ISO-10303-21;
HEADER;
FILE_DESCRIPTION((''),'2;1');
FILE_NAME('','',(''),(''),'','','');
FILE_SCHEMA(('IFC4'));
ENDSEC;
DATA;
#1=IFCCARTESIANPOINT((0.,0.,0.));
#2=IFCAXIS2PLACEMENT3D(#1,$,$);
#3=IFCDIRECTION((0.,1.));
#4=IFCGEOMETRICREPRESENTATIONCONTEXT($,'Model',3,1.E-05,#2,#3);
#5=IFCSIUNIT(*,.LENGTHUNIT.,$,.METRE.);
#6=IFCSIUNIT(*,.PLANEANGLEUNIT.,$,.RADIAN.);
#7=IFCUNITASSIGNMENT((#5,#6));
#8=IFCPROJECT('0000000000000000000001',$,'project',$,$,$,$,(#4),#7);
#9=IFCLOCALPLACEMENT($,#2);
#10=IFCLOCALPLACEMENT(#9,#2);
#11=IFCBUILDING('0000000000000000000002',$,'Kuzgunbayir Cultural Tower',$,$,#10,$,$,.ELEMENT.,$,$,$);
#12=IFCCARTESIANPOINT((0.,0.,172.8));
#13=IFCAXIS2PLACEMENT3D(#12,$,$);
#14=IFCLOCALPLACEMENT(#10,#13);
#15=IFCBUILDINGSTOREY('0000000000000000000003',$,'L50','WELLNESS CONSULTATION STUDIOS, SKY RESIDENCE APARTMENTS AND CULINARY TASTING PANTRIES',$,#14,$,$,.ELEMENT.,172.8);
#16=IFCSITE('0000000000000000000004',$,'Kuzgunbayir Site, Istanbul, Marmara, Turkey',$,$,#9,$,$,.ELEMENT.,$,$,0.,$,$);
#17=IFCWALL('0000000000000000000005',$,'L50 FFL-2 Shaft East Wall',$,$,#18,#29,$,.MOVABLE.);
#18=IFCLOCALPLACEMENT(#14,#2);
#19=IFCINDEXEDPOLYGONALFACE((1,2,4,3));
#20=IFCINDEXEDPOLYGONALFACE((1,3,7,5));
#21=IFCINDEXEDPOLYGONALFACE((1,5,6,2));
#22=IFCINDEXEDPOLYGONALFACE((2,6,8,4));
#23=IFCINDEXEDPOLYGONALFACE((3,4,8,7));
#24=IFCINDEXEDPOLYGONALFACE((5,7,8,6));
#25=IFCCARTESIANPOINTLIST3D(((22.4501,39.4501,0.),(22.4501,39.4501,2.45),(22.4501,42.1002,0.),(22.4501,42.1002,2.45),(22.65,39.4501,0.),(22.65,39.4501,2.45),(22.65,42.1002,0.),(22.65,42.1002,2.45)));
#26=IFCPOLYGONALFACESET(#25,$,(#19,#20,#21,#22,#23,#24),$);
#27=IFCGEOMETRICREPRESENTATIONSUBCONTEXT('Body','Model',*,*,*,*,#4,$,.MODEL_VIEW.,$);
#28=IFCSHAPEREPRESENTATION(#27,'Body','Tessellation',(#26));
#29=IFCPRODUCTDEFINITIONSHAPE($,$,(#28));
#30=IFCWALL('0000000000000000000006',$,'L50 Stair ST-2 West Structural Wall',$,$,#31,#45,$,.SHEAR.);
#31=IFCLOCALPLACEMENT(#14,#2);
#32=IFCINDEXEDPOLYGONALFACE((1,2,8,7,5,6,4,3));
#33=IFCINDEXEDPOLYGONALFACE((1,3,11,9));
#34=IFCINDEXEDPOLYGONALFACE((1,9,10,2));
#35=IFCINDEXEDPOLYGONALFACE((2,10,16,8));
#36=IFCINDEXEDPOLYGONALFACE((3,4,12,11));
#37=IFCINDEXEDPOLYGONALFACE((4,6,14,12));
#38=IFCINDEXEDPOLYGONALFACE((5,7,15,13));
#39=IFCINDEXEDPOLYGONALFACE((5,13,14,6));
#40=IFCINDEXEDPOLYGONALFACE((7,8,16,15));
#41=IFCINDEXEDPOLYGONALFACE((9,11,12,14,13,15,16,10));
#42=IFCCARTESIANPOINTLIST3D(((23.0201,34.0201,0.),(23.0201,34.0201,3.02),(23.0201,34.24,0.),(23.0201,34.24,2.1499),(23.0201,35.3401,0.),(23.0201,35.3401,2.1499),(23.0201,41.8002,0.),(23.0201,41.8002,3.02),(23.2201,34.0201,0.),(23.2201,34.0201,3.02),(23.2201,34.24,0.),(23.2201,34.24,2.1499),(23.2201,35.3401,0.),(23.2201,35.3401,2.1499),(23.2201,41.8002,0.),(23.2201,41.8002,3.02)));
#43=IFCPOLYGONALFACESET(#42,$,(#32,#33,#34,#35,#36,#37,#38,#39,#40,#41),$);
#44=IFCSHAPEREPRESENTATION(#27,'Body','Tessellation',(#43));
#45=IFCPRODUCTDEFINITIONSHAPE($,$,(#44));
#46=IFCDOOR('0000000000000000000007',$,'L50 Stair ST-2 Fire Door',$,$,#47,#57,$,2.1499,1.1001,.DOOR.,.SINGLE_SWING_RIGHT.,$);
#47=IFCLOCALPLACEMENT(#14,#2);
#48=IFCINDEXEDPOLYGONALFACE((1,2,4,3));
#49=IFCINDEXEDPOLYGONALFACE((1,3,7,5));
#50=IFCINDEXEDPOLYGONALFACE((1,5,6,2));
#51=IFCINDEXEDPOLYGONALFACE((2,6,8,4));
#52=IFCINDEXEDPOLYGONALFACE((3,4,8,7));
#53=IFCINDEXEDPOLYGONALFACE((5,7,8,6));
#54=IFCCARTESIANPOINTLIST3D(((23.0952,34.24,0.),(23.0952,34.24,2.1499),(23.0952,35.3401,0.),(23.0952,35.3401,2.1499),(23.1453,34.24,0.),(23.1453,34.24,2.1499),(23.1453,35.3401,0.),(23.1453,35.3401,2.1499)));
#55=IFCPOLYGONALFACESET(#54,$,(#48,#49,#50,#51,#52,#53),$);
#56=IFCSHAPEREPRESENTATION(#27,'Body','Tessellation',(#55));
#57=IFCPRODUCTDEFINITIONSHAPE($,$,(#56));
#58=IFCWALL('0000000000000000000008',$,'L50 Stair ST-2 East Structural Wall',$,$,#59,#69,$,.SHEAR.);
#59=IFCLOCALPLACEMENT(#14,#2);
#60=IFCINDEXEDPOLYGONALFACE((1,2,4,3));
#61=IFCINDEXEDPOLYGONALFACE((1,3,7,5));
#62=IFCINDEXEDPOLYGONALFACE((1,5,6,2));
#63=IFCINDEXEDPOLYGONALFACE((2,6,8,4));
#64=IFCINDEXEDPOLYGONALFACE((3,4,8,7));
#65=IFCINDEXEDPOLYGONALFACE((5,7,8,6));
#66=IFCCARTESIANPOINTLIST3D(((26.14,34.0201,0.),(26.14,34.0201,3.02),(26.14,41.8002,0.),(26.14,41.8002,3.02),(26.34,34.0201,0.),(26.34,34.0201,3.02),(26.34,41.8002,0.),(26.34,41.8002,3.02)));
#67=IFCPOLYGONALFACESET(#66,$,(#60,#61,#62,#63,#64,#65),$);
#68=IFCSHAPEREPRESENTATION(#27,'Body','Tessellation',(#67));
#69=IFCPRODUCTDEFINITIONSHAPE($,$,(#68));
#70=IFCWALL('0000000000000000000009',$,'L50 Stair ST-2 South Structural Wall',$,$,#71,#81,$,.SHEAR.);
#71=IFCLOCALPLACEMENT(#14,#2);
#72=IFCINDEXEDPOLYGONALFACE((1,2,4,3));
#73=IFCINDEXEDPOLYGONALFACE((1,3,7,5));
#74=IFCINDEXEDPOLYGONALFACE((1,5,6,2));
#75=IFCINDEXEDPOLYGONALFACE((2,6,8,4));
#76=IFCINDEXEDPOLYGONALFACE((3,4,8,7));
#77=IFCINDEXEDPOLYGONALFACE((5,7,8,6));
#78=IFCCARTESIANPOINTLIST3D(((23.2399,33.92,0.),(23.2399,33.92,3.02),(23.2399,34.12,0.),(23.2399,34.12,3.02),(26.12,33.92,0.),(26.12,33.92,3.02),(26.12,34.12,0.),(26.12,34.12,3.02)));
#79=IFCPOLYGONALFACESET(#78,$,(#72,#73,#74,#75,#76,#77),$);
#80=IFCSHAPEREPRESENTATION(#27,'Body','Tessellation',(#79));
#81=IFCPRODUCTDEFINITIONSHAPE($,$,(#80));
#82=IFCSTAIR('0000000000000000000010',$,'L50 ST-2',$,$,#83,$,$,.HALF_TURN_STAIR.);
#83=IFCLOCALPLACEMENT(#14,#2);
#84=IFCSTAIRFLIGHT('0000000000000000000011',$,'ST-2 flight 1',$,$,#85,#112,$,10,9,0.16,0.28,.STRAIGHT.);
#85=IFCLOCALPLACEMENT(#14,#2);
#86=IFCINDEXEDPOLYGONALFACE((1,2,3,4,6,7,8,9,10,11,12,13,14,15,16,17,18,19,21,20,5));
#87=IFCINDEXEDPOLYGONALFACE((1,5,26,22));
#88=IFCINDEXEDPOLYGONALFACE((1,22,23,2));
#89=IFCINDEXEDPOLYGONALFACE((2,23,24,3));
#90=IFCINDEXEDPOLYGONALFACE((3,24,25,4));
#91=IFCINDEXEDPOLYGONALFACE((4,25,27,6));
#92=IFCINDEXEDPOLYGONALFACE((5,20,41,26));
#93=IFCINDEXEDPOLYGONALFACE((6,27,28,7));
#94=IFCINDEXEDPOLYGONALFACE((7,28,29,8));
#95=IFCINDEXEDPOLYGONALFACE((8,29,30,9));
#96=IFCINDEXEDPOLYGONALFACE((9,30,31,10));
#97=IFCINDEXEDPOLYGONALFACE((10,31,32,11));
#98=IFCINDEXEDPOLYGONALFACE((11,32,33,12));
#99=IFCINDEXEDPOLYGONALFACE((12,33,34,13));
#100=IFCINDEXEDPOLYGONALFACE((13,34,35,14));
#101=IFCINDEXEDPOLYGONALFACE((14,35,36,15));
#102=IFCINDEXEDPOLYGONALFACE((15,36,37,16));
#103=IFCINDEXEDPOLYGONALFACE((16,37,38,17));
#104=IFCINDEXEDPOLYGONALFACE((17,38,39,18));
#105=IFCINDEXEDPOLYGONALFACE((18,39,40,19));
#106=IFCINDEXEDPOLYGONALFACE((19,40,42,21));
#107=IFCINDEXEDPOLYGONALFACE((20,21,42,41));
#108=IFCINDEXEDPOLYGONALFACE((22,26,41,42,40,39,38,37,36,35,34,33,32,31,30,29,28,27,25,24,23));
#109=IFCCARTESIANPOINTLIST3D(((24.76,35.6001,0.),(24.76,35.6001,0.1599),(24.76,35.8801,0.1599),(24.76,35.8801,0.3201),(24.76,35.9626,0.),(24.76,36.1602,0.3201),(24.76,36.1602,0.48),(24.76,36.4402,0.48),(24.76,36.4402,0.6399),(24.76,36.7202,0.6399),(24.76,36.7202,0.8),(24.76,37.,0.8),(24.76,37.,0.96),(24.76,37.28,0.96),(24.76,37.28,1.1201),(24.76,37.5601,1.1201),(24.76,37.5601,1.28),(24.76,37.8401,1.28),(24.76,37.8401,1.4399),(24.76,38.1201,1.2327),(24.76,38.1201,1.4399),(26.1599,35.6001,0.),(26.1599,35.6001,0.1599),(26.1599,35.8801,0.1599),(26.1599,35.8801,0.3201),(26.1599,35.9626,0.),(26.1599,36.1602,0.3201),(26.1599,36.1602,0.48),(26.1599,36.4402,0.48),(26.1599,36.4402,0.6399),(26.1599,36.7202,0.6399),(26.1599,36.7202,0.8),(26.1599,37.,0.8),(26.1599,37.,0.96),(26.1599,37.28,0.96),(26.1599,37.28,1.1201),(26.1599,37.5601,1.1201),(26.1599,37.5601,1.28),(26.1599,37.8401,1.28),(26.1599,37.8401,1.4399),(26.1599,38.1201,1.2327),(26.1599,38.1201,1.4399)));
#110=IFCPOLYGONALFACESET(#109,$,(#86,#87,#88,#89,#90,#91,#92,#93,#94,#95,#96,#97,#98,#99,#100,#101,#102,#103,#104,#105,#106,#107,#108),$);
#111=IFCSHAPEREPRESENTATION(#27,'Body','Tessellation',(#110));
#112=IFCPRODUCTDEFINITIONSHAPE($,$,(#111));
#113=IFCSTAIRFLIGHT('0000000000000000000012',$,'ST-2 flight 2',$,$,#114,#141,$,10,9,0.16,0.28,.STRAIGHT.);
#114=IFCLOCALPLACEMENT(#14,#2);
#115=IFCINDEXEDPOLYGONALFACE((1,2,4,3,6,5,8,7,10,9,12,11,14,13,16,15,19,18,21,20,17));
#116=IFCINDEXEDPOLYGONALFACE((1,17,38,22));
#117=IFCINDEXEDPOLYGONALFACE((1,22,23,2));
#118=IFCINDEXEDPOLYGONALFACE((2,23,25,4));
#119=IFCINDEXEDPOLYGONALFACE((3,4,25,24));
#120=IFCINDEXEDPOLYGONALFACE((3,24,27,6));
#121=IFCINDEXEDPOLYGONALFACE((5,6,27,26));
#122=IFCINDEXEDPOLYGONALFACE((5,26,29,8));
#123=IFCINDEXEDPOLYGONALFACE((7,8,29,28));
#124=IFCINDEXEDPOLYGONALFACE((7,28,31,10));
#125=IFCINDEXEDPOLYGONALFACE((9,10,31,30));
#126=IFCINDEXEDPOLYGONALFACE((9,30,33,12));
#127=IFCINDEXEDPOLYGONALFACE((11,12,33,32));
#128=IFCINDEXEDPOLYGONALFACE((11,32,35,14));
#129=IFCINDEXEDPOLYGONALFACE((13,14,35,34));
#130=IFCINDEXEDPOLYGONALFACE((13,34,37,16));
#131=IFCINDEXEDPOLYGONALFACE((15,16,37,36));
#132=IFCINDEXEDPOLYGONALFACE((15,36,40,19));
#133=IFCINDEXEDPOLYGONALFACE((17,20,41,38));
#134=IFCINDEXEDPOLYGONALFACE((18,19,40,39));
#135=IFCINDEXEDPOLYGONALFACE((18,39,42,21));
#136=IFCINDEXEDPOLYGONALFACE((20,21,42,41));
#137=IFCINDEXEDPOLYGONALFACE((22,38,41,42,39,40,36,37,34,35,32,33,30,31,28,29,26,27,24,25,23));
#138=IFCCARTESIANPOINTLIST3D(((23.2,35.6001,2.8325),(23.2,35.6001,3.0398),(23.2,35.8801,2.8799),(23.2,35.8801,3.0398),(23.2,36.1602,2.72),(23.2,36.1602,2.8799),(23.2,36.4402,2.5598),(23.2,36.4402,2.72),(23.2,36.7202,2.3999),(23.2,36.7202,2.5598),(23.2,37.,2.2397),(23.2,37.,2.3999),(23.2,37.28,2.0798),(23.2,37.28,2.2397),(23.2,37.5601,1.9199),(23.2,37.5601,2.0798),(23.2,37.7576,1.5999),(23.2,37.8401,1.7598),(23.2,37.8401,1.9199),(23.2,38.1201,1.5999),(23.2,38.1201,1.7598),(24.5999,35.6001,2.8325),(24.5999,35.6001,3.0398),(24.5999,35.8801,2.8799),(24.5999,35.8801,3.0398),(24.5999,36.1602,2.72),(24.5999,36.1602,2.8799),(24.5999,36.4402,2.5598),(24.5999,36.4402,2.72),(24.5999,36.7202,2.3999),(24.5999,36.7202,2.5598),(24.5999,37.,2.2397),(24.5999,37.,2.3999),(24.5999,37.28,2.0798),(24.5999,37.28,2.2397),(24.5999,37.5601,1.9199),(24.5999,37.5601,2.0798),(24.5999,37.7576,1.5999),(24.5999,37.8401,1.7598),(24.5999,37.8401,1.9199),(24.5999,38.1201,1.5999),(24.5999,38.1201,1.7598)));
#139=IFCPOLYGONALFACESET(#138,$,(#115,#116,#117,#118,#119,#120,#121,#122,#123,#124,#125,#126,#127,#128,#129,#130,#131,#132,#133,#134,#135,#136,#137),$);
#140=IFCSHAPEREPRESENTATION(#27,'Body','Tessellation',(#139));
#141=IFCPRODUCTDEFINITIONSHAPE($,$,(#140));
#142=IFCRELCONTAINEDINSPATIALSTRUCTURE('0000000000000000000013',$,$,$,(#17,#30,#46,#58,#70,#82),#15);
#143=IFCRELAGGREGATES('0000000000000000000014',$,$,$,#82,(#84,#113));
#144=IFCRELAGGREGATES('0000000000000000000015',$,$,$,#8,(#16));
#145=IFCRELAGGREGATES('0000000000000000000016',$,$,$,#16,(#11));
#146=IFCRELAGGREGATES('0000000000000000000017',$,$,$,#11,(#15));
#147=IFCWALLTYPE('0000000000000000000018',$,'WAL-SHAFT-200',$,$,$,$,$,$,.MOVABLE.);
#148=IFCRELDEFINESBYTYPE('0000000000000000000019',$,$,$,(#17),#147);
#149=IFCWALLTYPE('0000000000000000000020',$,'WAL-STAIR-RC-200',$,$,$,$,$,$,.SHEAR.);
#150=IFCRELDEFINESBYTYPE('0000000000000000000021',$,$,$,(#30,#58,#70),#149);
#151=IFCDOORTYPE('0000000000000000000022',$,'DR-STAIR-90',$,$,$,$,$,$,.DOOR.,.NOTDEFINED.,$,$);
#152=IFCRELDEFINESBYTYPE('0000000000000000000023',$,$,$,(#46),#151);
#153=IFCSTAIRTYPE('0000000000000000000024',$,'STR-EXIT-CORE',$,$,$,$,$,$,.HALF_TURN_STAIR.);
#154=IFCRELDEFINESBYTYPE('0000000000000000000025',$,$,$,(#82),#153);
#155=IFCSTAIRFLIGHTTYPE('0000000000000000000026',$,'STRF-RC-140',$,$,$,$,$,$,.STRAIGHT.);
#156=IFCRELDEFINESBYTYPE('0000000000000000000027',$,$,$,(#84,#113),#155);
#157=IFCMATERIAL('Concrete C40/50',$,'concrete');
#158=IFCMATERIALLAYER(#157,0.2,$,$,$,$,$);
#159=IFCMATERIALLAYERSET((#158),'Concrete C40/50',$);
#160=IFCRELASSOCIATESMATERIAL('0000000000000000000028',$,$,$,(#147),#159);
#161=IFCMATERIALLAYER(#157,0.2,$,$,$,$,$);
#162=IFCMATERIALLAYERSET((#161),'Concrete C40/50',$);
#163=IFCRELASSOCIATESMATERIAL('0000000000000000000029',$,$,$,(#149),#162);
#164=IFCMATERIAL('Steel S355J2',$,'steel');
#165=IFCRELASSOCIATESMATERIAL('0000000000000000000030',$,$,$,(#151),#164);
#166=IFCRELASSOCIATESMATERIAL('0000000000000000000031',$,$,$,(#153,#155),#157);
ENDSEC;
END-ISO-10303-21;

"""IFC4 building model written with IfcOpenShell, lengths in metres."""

from ifc_helpers import new_model, si_unit, direction, frame, frame_2d, origin, place, context, subcontext, project, spatial, polyline, rectangle, outline, extrude, material, layer, layer_set, type_object, element, fill, aggregate, save


model = new_model("IFC4")

# Units and contexts
model_context = context("Model", 3, precision=1e-05, world=origin(), true_north=direction((0.0, 1.0)))
body_context = subcontext(model_context, "Body", "Model", "MODEL_VIEW")
ifc_project = project(units=[si_unit("LENGTHUNIT", "METRE"), si_unit("PLANEANGLEUNIT", "RADIAN")], contexts=[model_context])

# Site, building, storey
site_placement = place(None, origin())
site = spatial("IfcSite", under=ifc_project, at=site_placement, Name="Kuzgunbayir Site, Istanbul, Marmara, Turkey", CompositionType="ELEMENT", RefElevation=0.0)
building_placement = place(site_placement, origin())
building = spatial("IfcBuilding", under=site, at=building_placement, Name="Kuzgunbayir Cultural Tower", CompositionType="ELEMENT")
storey_placement = place(building_placement, frame((0.0, 0.0, 172.8)))
storey = spatial("IfcBuildingStorey", under=building, at=storey_placement, Name="L50", Description="WELLNESS CONSULTATION STUDIOS, SKY RESIDENCE APARTMENTS AND CULINARY TASTING PANTRIES", CompositionType="ELEMENT", Elevation=172.8)

# Shared definitions
ifc_material_1 = material(Name="Steel S355J2", Category="steel")

# Shared definitions
ifc_material_2 = material(Name="Concrete C40/50", Category="concrete")
ifc_layer_1 = layer(ifc_material_2, 0.2)
ifc_layer_set_1 = layer_set([ifc_layer_1], Name="Concrete C40/50")
wall_type_1 = type_object("IfcWallType", Name="WAL-SHAFT-200", PredefinedType="MOVABLE", material=ifc_layer_set_1)

# Wall
for number, where, z_axis, x_axis, name in (
    (1, (22.55, 39.45, 0.0), (0.0, 0.0, 1.0), (0.0, 1.0, 0.0), "L50 FFL-2 Shaft East Wall"),
):
    element("IfcWall", number, at=place(storey_placement, frame(where, z_axis=z_axis, x_axis=x_axis)), inside=storey, type_object=wall_type_1, Name=name, PredefinedType="MOVABLE", context=body_context, shape_type="SweptSolid", body=[
        extrude(rectangle(XDim=2.6501, YDim=0.2, at=frame_2d((1.3252, 0.0))), origin(), (0.0, 0.0, 1.0), 2.45),
    ])

# Wall, opening, door
ifc_layer_2 = layer(ifc_material_2, 0.2)
ifc_layer_set_2 = layer_set([ifc_layer_2], Name="Concrete C40/50")
wall_type_2 = type_object("IfcWallType", Name="WAL-STAIR-RC-200", PredefinedType="SHEAR", material=ifc_layer_set_2)
wall_1_placement = place(storey_placement, frame((23.1201, 34.02, 0.0), z_axis=(0.0, 0.0, 1.0), x_axis=(0.0, 1.0, 0.0)))
wall_1 = element("IfcWall", 2, at=wall_1_placement, inside=storey, type_object=wall_type_2, Name="L50 Stair ST-2 West Structural Wall", PredefinedType="SHEAR", context=body_context, shape_type="SweptSolid", body=[
    extrude(rectangle(XDim=7.78, YDim=0.2, at=frame_2d((3.8901, 0.0))), origin(), (0.0, 0.0, 1.0), 3.02),
])
opening_1_placement = place(wall_1_placement, frame((0.22, 0.0, 0.0)))
opening_1 = element("IfcOpeningElement", 3, at=opening_1_placement, cuts=wall_1, PredefinedType="OPENING", context=body_context, shape_type="SweptSolid", body=[
    extrude(rectangle(XDim=1.1001, YDim=2.1499, at=frame_2d((0.55, 1.075))), frame((0.0, 0.1099, 0.0), z_axis=(0.0, -1.0, 0.0), x_axis=(1.0, 0.0, 0.0)), (0.0, 0.0, 1.0), 0.22),
])
door_type_1 = type_object("IfcDoorType", Name="DR-STAIR-90", OperationType="NOTDEFINED", PredefinedType="DOOR", material=ifc_material_1)
door_1_placement = place(opening_1_placement, origin())
door_1 = element("IfcDoor", 4, at=door_1_placement, inside=storey, type_object=door_type_1, Name="L50 Stair ST-2 Fire Door", OperationType="SINGLE_SWING_RIGHT", OverallHeight=2.1499, OverallWidth=1.1001, PredefinedType="DOOR", context=body_context, shape_type="SweptSolid", body=[
    extrude(rectangle(XDim=1.1001, YDim=2.1499, at=frame_2d((0.55, 1.075))), frame((0.0, 0.0249, 0.0), z_axis=(0.0, -1.0, 0.0), x_axis=(1.0, 0.0, 0.0)), (0.0, 0.0, 1.0), 0.05),
])
fill(opening_1, door_1)

# Walls
wall_2_placement = place(storey_placement, frame((26.24, 34.02, 0.0), z_axis=(0.0, 0.0, 1.0), x_axis=(0.0, 1.0, 0.0)))
element("IfcWall", 5, at=wall_2_placement, inside=storey, type_object=wall_type_2, Name="L50 Stair ST-2 East Structural Wall", PredefinedType="SHEAR", context=body_context, shape_type="SweptSolid", body=[
    extrude(rectangle(XDim=7.78, YDim=0.2, at=frame_2d((3.8901, 0.0))), origin(), (0.0, 0.0, 1.0), 3.02),
])
wall_3_placement = place(storey_placement, frame((23.24, 34.02, 0.0), z_axis=(0.0, 0.0, 1.0), x_axis=(1.0, 0.0, 0.0)))
element("IfcWall", 6, at=wall_3_placement, inside=storey, type_object=wall_type_2, Name="L50 Stair ST-2 South Structural Wall", PredefinedType="SHEAR", context=body_context, shape_type="SweptSolid", body=[
    extrude(rectangle(XDim=2.8801, YDim=0.2, at=frame_2d((1.4399, 0.0))), origin(), (0.0, 0.0, 1.0), 3.02),
])

# Stair, stair flights
stair_type = type_object("IfcStairType", Name="STR-EXIT-CORE", PredefinedType="HALF_TURN_STAIR", material=ifc_material_2)
stair_placement = place(storey_placement, origin())
stair = element("IfcStair", 7, at=stair_placement, inside=storey, type_object=stair_type, Name="L50 ST-2", PredefinedType="HALF_TURN_STAIR")
stair_flight_type = type_object("IfcStairFlightType", Name="STRF-RC-140", PredefinedType="STRAIGHT", material=ifc_material_2)
stair_flight_1_placement = place(storey_placement, frame((25.46, 35.6001, 0.0), z_axis=(0.0, 0.0, 1.0), x_axis=(0.0, 1.0, 0.0)))
stair_flight_1 = element("IfcStairFlight", 8, at=stair_flight_1_placement, type_object=stair_flight_type, Name="ST-2 flight 1", NumberOfRisers=10, NumberOfTreads=9, PredefinedType="STRAIGHT", RiserHeight=0.16, TreadLength=0.28, context=body_context, shape_type="SweptSolid", body=[
    extrude(outline(polyline([(0.0, 0.0), (0.0, 0.1599), (0.28, 0.1599), (0.28, 0.3201), (0.5601, 0.3201), (0.5601, 0.48), (0.8401, 0.48), (0.8401, 0.6399), (1.1201, 0.6399), (1.1201, 0.8), (1.3999, 0.8), (1.3999, 0.96), (1.6799, 0.96), (1.6799, 1.1201), (1.96, 1.1201), (1.96, 1.28), (2.24, 1.28), (2.24, 1.4399), (2.52, 1.4399), (2.52, 1.6001), (2.52, 1.2327), (0.3625, 0.0), (0.0, 0.0)])), frame((0.0, 0.7, 0.0), z_axis=(0.0, -1.0, 0.0), x_axis=(1.0, 0.0, 0.0)), (0.0, 0.0, 1.0), 1.3999),
])
stair_flight_2_placement = place(storey_placement, frame((23.8999, 38.1201, 1.5999), z_axis=(0.0, 0.0, 1.0), x_axis=(0.0, -1.0, 0.0)))
stair_flight_2 = element("IfcStairFlight", 9, at=stair_flight_2_placement, type_object=stair_flight_type, Name="ST-2 flight 2", NumberOfRisers=10, NumberOfTreads=9, PredefinedType="STRAIGHT", RiserHeight=0.16, TreadLength=0.28, context=body_context, shape_type="SweptSolid", body=[
    extrude(outline(polyline([(0.0, 0.0), (0.0, 0.1599), (0.28, 0.1599), (0.28, 0.3201), (0.5601, 0.3201), (0.5601, 0.48), (0.8401, 0.48), (0.8401, 0.6399), (1.1201, 0.6399), (1.1201, 0.8), (1.3999, 0.8), (1.3999, 0.96), (1.6799, 0.96), (1.6799, 1.1201), (1.96, 1.1201), (1.96, 1.28), (2.24, 1.28), (2.24, 1.4399), (2.52, 1.4399), (2.52, 1.6001), (2.52, 1.2327), (0.3625, 0.0), (0.0, 0.0)])), frame((0.0, 0.7, 0.0), z_axis=(0.0, -1.0, 0.0), x_axis=(1.0, 0.0, 0.0)), (0.0, 0.0, 1.0), 1.3999),
])
aggregate(stair, [stair_flight_1, stair_flight_2])

save(model, "model.ifc")
